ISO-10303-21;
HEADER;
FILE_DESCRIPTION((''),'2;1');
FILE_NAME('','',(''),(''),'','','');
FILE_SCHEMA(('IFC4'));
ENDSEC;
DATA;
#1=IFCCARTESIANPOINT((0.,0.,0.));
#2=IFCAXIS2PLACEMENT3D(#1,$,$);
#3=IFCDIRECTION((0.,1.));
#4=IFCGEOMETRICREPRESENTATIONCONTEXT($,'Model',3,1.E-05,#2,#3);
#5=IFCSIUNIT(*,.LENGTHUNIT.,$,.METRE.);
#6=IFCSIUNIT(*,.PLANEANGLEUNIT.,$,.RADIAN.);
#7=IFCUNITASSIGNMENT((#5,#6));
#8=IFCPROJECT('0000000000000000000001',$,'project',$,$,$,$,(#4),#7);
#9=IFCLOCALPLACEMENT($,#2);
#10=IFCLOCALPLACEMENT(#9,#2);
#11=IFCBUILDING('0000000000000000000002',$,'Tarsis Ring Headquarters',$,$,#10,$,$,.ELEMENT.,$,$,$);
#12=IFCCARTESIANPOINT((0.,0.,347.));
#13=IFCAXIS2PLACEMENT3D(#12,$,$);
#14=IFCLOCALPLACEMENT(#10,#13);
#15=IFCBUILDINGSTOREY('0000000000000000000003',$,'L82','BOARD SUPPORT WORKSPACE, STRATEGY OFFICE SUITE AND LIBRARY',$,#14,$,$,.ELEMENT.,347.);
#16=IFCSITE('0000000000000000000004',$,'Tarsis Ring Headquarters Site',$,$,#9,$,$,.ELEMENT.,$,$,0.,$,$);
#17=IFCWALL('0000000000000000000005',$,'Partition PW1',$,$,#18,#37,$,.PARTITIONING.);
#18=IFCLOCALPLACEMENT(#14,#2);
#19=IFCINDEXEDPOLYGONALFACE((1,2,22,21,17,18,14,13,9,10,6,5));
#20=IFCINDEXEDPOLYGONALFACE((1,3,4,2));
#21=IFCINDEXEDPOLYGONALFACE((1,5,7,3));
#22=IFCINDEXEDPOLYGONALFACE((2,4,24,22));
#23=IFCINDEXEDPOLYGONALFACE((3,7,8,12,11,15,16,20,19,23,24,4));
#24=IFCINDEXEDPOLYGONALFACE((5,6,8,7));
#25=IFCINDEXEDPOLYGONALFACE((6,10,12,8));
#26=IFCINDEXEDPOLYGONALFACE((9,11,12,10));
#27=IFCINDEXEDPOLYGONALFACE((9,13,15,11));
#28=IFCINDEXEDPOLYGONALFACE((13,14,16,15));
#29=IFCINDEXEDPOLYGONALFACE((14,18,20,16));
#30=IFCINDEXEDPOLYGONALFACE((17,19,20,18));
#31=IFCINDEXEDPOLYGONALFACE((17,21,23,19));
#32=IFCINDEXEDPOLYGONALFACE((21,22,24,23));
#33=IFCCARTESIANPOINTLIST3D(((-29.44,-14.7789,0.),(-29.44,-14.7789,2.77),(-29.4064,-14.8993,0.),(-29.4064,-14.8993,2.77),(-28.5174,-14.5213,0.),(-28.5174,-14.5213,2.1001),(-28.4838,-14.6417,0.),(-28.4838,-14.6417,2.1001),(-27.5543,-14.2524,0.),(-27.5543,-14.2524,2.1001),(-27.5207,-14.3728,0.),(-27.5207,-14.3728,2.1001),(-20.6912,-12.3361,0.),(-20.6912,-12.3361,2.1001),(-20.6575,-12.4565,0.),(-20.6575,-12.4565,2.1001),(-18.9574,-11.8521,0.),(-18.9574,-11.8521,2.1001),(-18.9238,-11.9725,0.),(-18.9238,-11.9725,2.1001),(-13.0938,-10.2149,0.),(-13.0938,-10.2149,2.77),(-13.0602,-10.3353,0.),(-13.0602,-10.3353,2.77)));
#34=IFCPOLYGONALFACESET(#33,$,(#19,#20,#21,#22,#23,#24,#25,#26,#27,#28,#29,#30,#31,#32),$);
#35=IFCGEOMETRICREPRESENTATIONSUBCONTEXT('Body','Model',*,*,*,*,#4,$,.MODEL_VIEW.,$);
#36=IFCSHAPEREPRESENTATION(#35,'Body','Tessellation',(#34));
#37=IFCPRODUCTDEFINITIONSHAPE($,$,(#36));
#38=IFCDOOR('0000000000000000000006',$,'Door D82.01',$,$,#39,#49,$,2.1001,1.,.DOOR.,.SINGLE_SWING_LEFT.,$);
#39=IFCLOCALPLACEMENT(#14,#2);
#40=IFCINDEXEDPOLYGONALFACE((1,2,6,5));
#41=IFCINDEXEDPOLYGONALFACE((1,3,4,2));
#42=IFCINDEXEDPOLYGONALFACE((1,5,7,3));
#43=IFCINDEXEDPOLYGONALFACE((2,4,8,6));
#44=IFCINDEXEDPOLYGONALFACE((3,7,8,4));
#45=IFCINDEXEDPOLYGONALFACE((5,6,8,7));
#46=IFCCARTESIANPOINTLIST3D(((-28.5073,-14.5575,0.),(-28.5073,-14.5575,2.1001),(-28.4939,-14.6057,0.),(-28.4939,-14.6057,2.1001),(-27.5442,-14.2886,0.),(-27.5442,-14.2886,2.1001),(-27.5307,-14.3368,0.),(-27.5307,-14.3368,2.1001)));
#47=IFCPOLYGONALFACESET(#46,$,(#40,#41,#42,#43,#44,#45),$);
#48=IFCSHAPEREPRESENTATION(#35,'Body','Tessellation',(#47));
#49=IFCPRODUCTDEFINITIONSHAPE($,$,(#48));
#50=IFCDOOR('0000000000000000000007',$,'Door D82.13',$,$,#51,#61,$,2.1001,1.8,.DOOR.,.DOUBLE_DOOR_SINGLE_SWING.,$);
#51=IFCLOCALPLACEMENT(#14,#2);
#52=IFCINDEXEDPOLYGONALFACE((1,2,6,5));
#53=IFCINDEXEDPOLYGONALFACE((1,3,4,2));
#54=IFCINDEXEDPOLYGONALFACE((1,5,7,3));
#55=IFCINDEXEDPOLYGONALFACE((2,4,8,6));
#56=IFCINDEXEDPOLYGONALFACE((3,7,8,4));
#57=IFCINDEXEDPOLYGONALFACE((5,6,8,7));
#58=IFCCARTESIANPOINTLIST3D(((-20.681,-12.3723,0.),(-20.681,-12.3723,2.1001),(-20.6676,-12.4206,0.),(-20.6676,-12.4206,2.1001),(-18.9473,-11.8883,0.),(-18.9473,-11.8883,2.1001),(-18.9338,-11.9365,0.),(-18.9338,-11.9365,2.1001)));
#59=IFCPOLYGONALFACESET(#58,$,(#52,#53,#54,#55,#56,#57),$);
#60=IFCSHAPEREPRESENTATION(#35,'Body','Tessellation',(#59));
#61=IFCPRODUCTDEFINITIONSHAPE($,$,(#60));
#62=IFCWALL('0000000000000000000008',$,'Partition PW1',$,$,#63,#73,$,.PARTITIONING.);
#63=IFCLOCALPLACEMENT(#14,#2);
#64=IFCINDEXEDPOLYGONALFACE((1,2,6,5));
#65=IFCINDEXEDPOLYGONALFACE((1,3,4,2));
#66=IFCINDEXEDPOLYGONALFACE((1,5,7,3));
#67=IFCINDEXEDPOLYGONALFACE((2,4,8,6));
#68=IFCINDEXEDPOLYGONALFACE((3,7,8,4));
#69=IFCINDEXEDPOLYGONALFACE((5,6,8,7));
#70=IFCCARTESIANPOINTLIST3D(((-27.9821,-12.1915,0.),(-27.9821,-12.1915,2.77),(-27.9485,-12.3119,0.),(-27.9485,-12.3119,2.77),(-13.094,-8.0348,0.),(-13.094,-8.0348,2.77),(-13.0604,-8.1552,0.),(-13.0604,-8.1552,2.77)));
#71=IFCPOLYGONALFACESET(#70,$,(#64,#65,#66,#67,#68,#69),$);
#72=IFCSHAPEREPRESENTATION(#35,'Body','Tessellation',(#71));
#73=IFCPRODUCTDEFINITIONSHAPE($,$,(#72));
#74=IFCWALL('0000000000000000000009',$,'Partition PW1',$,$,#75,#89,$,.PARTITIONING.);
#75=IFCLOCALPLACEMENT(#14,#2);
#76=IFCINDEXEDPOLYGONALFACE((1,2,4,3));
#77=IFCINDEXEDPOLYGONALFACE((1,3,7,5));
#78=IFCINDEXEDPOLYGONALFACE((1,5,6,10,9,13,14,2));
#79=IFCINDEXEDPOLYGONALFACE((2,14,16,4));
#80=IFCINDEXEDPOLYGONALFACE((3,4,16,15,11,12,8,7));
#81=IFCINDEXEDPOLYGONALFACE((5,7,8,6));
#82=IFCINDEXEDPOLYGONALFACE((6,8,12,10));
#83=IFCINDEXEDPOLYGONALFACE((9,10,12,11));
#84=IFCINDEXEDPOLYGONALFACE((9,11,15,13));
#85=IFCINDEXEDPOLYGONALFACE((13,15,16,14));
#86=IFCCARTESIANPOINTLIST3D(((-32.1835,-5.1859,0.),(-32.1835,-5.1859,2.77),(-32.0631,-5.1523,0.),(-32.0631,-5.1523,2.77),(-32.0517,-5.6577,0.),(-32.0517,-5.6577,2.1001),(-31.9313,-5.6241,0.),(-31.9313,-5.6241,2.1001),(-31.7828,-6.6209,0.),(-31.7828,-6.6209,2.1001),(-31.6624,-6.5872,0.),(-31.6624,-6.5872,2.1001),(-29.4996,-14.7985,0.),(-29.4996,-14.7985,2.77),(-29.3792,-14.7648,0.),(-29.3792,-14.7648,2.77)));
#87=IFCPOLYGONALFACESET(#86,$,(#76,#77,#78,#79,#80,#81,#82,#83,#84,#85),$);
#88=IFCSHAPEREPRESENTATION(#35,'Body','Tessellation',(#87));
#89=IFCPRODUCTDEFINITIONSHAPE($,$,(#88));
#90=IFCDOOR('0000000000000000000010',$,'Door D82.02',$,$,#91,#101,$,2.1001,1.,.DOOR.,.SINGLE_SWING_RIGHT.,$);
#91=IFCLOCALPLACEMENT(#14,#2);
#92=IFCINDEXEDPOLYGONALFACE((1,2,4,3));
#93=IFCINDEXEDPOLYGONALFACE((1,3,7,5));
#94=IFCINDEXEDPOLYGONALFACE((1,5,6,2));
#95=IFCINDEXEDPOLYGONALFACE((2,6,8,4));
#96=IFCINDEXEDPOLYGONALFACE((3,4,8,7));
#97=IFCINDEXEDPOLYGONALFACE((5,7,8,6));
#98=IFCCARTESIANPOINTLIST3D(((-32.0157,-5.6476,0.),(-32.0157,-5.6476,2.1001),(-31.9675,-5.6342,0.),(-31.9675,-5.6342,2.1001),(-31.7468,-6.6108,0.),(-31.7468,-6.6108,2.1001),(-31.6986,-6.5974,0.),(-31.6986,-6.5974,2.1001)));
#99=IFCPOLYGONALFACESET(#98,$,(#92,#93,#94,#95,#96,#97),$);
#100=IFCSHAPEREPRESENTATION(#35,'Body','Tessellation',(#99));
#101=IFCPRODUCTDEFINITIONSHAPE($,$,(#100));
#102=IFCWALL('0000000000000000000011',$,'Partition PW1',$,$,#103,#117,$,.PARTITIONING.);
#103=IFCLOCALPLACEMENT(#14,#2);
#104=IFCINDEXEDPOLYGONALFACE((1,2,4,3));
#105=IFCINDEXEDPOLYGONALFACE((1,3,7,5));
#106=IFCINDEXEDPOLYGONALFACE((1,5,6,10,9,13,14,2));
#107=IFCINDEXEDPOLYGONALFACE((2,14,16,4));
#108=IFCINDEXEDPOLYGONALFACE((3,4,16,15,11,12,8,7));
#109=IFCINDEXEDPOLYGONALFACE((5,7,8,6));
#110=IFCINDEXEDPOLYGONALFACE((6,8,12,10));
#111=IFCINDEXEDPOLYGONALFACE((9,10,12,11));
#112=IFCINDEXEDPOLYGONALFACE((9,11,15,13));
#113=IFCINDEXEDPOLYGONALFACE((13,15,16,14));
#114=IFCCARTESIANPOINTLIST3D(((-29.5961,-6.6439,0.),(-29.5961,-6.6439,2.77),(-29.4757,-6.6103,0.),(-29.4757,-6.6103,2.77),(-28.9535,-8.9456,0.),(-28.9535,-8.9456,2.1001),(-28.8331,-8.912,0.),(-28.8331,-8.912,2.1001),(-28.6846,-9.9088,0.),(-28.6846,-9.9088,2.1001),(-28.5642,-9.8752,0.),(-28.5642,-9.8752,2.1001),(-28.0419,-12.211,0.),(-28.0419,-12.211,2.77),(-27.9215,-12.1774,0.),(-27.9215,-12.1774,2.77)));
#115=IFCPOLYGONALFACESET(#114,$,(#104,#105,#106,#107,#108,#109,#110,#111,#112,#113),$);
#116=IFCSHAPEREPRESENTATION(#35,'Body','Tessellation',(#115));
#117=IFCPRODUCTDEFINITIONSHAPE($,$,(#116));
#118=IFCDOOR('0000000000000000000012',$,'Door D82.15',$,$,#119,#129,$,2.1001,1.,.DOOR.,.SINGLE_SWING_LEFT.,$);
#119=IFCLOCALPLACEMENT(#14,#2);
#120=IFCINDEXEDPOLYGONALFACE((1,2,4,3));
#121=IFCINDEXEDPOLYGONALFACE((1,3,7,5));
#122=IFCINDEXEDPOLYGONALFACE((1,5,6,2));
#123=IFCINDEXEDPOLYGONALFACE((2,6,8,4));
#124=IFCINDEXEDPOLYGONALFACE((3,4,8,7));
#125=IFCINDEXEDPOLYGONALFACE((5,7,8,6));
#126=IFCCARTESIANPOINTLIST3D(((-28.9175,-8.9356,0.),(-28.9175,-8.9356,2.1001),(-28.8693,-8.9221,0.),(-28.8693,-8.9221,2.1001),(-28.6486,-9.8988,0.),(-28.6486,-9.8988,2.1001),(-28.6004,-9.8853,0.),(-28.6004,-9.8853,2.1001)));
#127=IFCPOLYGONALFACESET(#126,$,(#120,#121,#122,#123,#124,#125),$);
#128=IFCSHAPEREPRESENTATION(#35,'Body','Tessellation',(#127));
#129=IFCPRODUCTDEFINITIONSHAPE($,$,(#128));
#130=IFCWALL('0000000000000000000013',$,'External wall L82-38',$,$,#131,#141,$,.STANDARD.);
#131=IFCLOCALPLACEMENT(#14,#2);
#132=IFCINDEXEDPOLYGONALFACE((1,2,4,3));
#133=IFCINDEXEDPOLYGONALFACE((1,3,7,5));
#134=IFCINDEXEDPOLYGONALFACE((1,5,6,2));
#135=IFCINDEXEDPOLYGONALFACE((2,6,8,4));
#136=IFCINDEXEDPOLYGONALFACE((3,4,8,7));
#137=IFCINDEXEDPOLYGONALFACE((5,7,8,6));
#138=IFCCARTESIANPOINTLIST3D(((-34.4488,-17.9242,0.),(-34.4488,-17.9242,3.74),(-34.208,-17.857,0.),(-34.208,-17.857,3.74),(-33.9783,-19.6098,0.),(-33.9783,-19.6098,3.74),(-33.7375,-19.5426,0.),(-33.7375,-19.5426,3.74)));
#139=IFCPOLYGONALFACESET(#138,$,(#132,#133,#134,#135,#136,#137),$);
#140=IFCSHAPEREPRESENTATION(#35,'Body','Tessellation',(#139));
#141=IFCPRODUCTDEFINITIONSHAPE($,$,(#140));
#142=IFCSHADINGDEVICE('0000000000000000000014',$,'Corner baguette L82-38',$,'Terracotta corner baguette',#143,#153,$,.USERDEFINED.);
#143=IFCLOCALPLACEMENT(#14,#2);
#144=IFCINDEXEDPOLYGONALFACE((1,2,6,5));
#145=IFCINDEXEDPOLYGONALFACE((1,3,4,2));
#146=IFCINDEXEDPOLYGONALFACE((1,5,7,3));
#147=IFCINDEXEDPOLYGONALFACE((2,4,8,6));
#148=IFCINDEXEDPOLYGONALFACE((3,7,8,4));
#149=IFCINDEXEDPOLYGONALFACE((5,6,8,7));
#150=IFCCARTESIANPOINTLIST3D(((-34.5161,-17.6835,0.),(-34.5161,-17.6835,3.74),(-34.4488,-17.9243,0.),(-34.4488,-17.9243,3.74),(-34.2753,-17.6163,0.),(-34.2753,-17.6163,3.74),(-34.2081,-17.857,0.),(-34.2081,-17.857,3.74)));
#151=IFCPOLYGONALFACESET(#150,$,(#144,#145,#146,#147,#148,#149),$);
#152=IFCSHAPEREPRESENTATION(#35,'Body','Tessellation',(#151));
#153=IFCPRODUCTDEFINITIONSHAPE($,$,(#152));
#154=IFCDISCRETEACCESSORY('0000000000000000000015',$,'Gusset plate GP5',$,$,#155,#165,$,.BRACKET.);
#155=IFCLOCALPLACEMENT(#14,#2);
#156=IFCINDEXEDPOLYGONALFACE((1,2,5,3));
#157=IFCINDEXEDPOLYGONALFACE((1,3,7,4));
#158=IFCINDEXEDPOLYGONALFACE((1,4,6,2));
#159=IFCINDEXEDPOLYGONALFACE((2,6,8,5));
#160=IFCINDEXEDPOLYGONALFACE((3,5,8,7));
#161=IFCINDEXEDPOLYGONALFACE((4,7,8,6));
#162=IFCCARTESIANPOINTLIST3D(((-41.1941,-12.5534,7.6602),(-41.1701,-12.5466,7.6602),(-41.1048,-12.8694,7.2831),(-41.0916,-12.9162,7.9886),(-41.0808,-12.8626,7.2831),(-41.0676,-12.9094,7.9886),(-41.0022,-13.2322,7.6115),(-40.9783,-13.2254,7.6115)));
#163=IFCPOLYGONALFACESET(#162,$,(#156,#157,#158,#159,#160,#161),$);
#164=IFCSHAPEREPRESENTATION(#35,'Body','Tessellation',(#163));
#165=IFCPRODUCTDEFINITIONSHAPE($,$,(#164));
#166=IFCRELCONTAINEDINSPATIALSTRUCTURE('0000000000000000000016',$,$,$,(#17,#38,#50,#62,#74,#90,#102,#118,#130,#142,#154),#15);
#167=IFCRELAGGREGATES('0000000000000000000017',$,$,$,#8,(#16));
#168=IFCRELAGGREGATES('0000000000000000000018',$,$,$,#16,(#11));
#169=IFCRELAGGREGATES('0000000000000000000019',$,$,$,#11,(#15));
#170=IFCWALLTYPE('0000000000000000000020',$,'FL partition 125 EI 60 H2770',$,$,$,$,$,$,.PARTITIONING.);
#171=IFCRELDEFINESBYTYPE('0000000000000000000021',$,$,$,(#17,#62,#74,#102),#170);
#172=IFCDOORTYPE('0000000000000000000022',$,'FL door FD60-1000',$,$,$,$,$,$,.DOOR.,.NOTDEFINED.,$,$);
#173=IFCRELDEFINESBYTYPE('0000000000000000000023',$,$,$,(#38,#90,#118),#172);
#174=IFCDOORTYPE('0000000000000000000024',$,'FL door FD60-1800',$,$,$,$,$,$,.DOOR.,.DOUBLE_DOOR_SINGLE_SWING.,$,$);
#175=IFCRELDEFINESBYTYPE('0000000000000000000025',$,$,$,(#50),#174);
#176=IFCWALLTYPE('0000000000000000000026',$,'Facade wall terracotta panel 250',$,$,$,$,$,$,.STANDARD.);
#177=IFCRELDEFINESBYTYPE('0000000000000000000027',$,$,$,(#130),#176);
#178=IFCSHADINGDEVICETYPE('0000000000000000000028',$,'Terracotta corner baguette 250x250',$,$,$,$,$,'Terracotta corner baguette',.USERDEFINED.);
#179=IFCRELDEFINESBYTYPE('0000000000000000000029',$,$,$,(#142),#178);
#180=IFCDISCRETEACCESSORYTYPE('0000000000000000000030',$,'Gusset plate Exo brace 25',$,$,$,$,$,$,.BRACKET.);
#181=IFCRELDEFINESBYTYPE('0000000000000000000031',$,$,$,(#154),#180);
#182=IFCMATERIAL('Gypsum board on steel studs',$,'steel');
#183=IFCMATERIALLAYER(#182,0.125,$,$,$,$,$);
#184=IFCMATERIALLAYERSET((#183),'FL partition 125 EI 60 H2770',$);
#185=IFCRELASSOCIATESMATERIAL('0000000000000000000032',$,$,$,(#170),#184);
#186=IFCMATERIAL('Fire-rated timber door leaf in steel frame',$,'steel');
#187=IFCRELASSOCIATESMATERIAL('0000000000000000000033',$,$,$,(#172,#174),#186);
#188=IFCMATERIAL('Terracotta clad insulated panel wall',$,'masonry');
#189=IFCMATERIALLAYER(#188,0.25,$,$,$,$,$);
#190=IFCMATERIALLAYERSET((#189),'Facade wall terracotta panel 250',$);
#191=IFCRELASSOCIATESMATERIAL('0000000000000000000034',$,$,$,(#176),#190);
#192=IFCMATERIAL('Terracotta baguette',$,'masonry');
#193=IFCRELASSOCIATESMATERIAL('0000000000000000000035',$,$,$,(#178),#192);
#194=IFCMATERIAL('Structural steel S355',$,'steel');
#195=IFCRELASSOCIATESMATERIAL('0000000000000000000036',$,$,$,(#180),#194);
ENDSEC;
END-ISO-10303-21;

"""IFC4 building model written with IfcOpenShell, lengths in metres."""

from ifc_helpers import new_model, si_unit, direction, frame, frame_2d, origin, origin_2d, place, context, subcontext, project, spatial, rectangle, extrude, material, layer, layer_set, material_profile, profile_set, type_object, element, fill, save


model = new_model("IFC4")

# Units and contexts
model_context = context("Model", 3, precision=1e-05, world=origin(), true_north=direction((0.0, 1.0)))
body_context = subcontext(model_context, "Body", "Model", "MODEL_VIEW")
ifc_project = project(units=[si_unit("LENGTHUNIT", "METRE"), si_unit("PLANEANGLEUNIT", "RADIAN")], contexts=[model_context])

# Site, building, storey
site_placement = place(None, origin())
site = spatial("IfcSite", under=ifc_project, at=site_placement, Name="Tarsis Ring Headquarters Site", CompositionType="ELEMENT", RefElevation=0.0)
building_placement = place(site_placement, origin())
building = spatial("IfcBuilding", under=site, at=building_placement, Name="Tarsis Ring Headquarters", CompositionType="ELEMENT")
storey_placement = place(building_placement, frame((0.0, 0.0, 347.0)))
storey = spatial("IfcBuildingStorey", under=building, at=storey_placement, Name="L82", Description="BOARD SUPPORT WORKSPACE, STRATEGY OFFICE SUITE AND LIBRARY", CompositionType="ELEMENT", Elevation=347.0)

# Shared definitions
ifc_material_1 = material(Name="Structural steel S355", Category="steel")

# Shared definitions
ifc_material_2 = material(Name="Gypsum board on steel studs", Category="steel")
ifc_layer_1 = layer(ifc_material_2, 0.125)
ifc_layer_set_1 = layer_set([ifc_layer_1], Name="FL partition 125 EI 60 H2770")
wall_type_1 = type_object("IfcWallType", Name="FL partition 125 EI 60 H2770", PredefinedType="PARTITIONING", material=ifc_layer_set_1)

# Wall, openings, doors
wall_1_placement = place(storey_placement, frame((-29.4233, -14.8391, 0.0), z_axis=(0.0, 0.0, 1.0), x_axis=(0.963162, 0.268921, 0.0)))
wall_1 = element("IfcWall", 1, at=wall_1_placement, inside=storey, type_object=wall_type_1, Name="Partition PW1", PredefinedType="PARTITIONING", context=body_context, shape_type="SweptSolid", body=[
    extrude(rectangle(XDim=16.9714, YDim=0.125, at=frame_2d((8.4858, 0.0))), origin(), (0.0, 0.0, 1.0), 2.77),
])
opening_1_placement = place(wall_1_placement, frame((0.958, 0.0, 0.0)))
opening_1 = element("IfcOpeningElement", 2, at=opening_1_placement, cuts=wall_1, PredefinedType="OPENING", context=body_context, shape_type="SweptSolid", body=[
    extrude(rectangle(XDim=1.0, YDim=2.1001, at=frame_2d((0.5, 1.05))), frame((0.0, 0.0725, 0.0), z_axis=(0.0, -1.0, 0.0), x_axis=(1.0, 0.0, 0.0)), (0.0, 0.0, 1.0), 0.145),
])
opening_2_placement = place(wall_1_placement, frame((9.0837, 0.0, 0.0)))
opening_2 = element("IfcOpeningElement", 3, at=opening_2_placement, cuts=wall_1, PredefinedType="OPENING", context=body_context, shape_type="SweptSolid", body=[
    extrude(rectangle(XDim=1.8, YDim=2.1001, at=frame_2d((0.8999, 1.05))), frame((0.0, 0.0725, 0.0), z_axis=(0.0, -1.0, 0.0), x_axis=(1.0, 0.0, 0.0)), (0.0, 0.0, 1.0), 0.145),
])
ifc_material_3 = material(Name="Fire-rated timber door leaf in steel frame", Category="steel")
door_type_1 = type_object("IfcDoorType", Name="FL door FD60-1000", OperationType="NOTDEFINED", PredefinedType="DOOR", material=ifc_material_3)
door_1_placement = place(opening_1_placement, origin())
door_1 = element("IfcDoor", 4, at=door_1_placement, inside=storey, type_object=door_type_1, Name="Door D82.01", OperationType="SINGLE_SWING_LEFT", OverallHeight=2.1001, OverallWidth=1.0, PredefinedType="DOOR", context=body_context, shape_type="SweptSolid", body=[
    extrude(rectangle(XDim=1.0, YDim=2.1001, at=frame_2d((0.5, 1.05))), frame((0.0, 0.0249, 0.0), z_axis=(0.0, -1.0, 0.0), x_axis=(1.0, 0.0, 0.0)), (0.0, 0.0, 1.0), 0.05),
])
fill(opening_1, door_1)
door_type_2 = type_object("IfcDoorType", Name="FL door FD60-1800", OperationType="DOUBLE_DOOR_SINGLE_SWING", PredefinedType="DOOR", material=ifc_material_3)
door_2_placement = place(opening_2_placement, origin())
door_2 = element("IfcDoor", 5, at=door_2_placement, inside=storey, type_object=door_type_2, Name="Door D82.13", OperationType="DOUBLE_DOOR_SINGLE_SWING", OverallHeight=2.1001, OverallWidth=1.8, PredefinedType="DOOR", context=body_context, shape_type="SweptSolid", body=[
    extrude(rectangle(XDim=1.8, YDim=2.1001, at=frame_2d((0.8999, 1.05))), frame((0.0, 0.0249, 0.0), z_axis=(0.0, -1.0, 0.0), x_axis=(1.0, 0.0, 0.0)), (0.0, 0.0, 1.0), 0.05),
])
fill(opening_2, door_2)

# Wall
wall_2_placement = place(storey_placement, frame((-27.9653, -12.2517, 0.0), z_axis=(0.0, 0.0, 1.0), x_axis=(0.963165, 0.268913, 0.0)))
element("IfcWall", 6, at=wall_2_placement, inside=storey, type_object=wall_type_1, Name="Partition PW1", PredefinedType="PARTITIONING", context=body_context, shape_type="SweptSolid", body=[
    extrude(rectangle(XDim=15.4575, YDim=0.125, at=frame_2d((7.7288, 0.0))), origin(), (0.0, 0.0, 1.0), 2.77),
])

# Walls, openings, doors
wall_3_placement = place(storey_placement, frame((-32.1233, -5.1689, 0.0), z_axis=(0.0, 0.0, 1.0), x_axis=(0.268917, -0.963163, 0.0)))
wall_3 = element("IfcWall", 7, at=wall_3_placement, inside=storey, type_object=wall_type_1, Name="Partition PW1", PredefinedType="PARTITIONING", context=body_context, shape_type="SweptSolid", body=[
    extrude(rectangle(XDim=9.9802, YDim=0.125, at=frame_2d((4.9902, 0.0))), origin(), (0.0, 0.0, 1.0), 2.77),
])
opening_3_placement = place(wall_3_placement, frame((0.49, 0.0, 0.0)))
opening_3 = element("IfcOpeningElement", 8, at=opening_3_placement, cuts=wall_3, PredefinedType="OPENING", context=body_context, shape_type="SweptSolid", body=[
    extrude(rectangle(XDim=1.0, YDim=2.1001, at=frame_2d((0.5, 1.05))), frame((0.0, 0.0725, 0.0), z_axis=(0.0, -1.0, 0.0), x_axis=(1.0, 0.0, 0.0)), (0.0, 0.0, 1.0), 0.145),
])
door_3_placement = place(opening_3_placement, origin())
door_3 = element("IfcDoor", 9, at=door_3_placement, inside=storey, type_object=door_type_1, Name="Door D82.02", OperationType="SINGLE_SWING_RIGHT", OverallHeight=2.1001, OverallWidth=1.0, PredefinedType="DOOR", context=body_context, shape_type="SweptSolid", body=[
    extrude(rectangle(XDim=1.0, YDim=2.1001, at=frame_2d((0.5, 1.05))), frame((0.0, 0.0249, 0.0), z_axis=(0.0, -1.0, 0.0), x_axis=(1.0, 0.0, 0.0)), (0.0, 0.0, 1.0), 0.05),
])
fill(opening_3, door_3)
wall_4_placement = place(storey_placement, frame((-29.5359, -6.627, 0.0), z_axis=(0.0, 0.0, 1.0), x_axis=(0.268892, -0.96317, 0.0)))
wall_4 = element("IfcWall", 10, at=wall_4_placement, inside=storey, type_object=wall_type_1, Name="Partition PW1", PredefinedType="PARTITIONING", context=body_context, shape_type="SweptSolid", body=[
    extrude(rectangle(XDim=5.78, YDim=0.125, at=frame_2d((2.8901, 0.0))), origin(), (0.0, 0.0, 1.0), 2.77),
])
opening_4_placement = place(wall_4_placement, frame((2.3899, 0.0, 0.0)))
opening_4 = element("IfcOpeningElement", 11, at=opening_4_placement, cuts=wall_4, PredefinedType="OPENING", context=body_context, shape_type="SweptSolid", body=[
    extrude(rectangle(XDim=1.0, YDim=2.1001, at=frame_2d((0.5, 1.05))), frame((0.0, 0.0725, 0.0), z_axis=(0.0, -1.0, 0.0), x_axis=(1.0, 0.0, 0.0)), (0.0, 0.0, 1.0), 0.145),
])
door_4_placement = place(opening_4_placement, origin())
door_4 = element("IfcDoor", 12, at=door_4_placement, inside=storey, type_object=door_type_1, Name="Door D82.15", OperationType="SINGLE_SWING_LEFT", OverallHeight=2.1001, OverallWidth=1.0, PredefinedType="DOOR", context=body_context, shape_type="SweptSolid", body=[
    extrude(rectangle(XDim=1.0, YDim=2.1001, at=frame_2d((0.5, 1.05))), frame((0.0, 0.0249, 0.0), z_axis=(0.0, -1.0, 0.0), x_axis=(1.0, 0.0, 0.0)), (0.0, 0.0, 1.0), 0.05),
])
fill(opening_4, door_4)

# Wall
ifc_material_4 = material(Name="Terracotta clad insulated panel wall", Category="masonry")
ifc_layer_2 = layer(ifc_material_4, 0.25)
ifc_layer_set_2 = layer_set([ifc_layer_2], Name="Facade wall terracotta panel 250")
wall_type_2 = type_object("IfcWallType", Name="Facade wall terracotta panel 250", PredefinedType="STANDARD", material=ifc_layer_set_2)
wall_5_placement = place(storey_placement, frame((-34.3284, -17.8906, 0.0), z_axis=(0.0, 0.0, 1.0), x_axis=(0.268838, -0.963185, 0.0)))
element("IfcWall", 13, at=wall_5_placement, inside=storey, type_object=wall_type_2, Name="External wall L82-38", PredefinedType="STANDARD", context=body_context, shape_type="SweptSolid", body=[
    extrude(rectangle(XDim=1.75, YDim=0.25, at=frame_2d((0.875, 0.0))), origin(), (0.0, 0.0, 1.0), 3.74),
])

# Shading device
ifc_material_5 = material(Name="Terracotta baguette", Category="masonry")
shading_device_type_1 = type_object("IfcShadingDeviceType", Name="Terracotta corner baguette 250x250", ElementType="Terracotta corner baguette", PredefinedType="USERDEFINED", material=ifc_material_5)
shading_device_1_placement = place(storey_placement, frame((-34.3621, -17.7703, 0.0), z_axis=(0.0, 0.0, 1.0), x_axis=(0.963163, 0.26892, 0.0)))
element("IfcShadingDevice", 14, at=shading_device_1_placement, inside=storey, type_object=shading_device_type_1, Name="Corner baguette L82-38", ObjectType="Terracotta corner baguette", PredefinedType="USERDEFINED", context=body_context, shape_type="SweptSolid", body=[
    extrude(rectangle(XDim=0.25, YDim=0.25, at=origin_2d()), origin(), (0.0, 0.0, 1.0), 3.74),
])

# Discrete accessory
ifc_material_profile_1 = material_profile(ifc_material_1, rectangle(XDim=0.0249, YDim=0.5, at=origin_2d()), Name="PL 25x500")
ifc_profile_set_1 = profile_set([ifc_material_profile_1], Name="Structural steel S355")
discrete_accessory_type = type_object("IfcDiscreteAccessoryType", Name="Gusset plate Exo brace 25", PredefinedType="BRACKET", material=ifc_profile_set_1)
discrete_accessory_placement = place(storey_placement, frame((-41.0349, -13.0708, 7.8), z_axis=(-0.205095, 0.725645, -0.656792), x_axis=(-0.962302, -0.271983, 0.0)))
element("IfcDiscreteAccessory", 15, at=discrete_accessory_placement, inside=storey, type_object=discrete_accessory_type, Name="Gusset plate GP5", PredefinedType="BRACKET", context=body_context, shape_type="SweptSolid", body=[
    extrude(rectangle(XDim=0.0249, YDim=0.5, at=origin_2d()), origin(), (0.0, 0.0, 1.0), 0.5),
])

save(model, "model.ifc")
